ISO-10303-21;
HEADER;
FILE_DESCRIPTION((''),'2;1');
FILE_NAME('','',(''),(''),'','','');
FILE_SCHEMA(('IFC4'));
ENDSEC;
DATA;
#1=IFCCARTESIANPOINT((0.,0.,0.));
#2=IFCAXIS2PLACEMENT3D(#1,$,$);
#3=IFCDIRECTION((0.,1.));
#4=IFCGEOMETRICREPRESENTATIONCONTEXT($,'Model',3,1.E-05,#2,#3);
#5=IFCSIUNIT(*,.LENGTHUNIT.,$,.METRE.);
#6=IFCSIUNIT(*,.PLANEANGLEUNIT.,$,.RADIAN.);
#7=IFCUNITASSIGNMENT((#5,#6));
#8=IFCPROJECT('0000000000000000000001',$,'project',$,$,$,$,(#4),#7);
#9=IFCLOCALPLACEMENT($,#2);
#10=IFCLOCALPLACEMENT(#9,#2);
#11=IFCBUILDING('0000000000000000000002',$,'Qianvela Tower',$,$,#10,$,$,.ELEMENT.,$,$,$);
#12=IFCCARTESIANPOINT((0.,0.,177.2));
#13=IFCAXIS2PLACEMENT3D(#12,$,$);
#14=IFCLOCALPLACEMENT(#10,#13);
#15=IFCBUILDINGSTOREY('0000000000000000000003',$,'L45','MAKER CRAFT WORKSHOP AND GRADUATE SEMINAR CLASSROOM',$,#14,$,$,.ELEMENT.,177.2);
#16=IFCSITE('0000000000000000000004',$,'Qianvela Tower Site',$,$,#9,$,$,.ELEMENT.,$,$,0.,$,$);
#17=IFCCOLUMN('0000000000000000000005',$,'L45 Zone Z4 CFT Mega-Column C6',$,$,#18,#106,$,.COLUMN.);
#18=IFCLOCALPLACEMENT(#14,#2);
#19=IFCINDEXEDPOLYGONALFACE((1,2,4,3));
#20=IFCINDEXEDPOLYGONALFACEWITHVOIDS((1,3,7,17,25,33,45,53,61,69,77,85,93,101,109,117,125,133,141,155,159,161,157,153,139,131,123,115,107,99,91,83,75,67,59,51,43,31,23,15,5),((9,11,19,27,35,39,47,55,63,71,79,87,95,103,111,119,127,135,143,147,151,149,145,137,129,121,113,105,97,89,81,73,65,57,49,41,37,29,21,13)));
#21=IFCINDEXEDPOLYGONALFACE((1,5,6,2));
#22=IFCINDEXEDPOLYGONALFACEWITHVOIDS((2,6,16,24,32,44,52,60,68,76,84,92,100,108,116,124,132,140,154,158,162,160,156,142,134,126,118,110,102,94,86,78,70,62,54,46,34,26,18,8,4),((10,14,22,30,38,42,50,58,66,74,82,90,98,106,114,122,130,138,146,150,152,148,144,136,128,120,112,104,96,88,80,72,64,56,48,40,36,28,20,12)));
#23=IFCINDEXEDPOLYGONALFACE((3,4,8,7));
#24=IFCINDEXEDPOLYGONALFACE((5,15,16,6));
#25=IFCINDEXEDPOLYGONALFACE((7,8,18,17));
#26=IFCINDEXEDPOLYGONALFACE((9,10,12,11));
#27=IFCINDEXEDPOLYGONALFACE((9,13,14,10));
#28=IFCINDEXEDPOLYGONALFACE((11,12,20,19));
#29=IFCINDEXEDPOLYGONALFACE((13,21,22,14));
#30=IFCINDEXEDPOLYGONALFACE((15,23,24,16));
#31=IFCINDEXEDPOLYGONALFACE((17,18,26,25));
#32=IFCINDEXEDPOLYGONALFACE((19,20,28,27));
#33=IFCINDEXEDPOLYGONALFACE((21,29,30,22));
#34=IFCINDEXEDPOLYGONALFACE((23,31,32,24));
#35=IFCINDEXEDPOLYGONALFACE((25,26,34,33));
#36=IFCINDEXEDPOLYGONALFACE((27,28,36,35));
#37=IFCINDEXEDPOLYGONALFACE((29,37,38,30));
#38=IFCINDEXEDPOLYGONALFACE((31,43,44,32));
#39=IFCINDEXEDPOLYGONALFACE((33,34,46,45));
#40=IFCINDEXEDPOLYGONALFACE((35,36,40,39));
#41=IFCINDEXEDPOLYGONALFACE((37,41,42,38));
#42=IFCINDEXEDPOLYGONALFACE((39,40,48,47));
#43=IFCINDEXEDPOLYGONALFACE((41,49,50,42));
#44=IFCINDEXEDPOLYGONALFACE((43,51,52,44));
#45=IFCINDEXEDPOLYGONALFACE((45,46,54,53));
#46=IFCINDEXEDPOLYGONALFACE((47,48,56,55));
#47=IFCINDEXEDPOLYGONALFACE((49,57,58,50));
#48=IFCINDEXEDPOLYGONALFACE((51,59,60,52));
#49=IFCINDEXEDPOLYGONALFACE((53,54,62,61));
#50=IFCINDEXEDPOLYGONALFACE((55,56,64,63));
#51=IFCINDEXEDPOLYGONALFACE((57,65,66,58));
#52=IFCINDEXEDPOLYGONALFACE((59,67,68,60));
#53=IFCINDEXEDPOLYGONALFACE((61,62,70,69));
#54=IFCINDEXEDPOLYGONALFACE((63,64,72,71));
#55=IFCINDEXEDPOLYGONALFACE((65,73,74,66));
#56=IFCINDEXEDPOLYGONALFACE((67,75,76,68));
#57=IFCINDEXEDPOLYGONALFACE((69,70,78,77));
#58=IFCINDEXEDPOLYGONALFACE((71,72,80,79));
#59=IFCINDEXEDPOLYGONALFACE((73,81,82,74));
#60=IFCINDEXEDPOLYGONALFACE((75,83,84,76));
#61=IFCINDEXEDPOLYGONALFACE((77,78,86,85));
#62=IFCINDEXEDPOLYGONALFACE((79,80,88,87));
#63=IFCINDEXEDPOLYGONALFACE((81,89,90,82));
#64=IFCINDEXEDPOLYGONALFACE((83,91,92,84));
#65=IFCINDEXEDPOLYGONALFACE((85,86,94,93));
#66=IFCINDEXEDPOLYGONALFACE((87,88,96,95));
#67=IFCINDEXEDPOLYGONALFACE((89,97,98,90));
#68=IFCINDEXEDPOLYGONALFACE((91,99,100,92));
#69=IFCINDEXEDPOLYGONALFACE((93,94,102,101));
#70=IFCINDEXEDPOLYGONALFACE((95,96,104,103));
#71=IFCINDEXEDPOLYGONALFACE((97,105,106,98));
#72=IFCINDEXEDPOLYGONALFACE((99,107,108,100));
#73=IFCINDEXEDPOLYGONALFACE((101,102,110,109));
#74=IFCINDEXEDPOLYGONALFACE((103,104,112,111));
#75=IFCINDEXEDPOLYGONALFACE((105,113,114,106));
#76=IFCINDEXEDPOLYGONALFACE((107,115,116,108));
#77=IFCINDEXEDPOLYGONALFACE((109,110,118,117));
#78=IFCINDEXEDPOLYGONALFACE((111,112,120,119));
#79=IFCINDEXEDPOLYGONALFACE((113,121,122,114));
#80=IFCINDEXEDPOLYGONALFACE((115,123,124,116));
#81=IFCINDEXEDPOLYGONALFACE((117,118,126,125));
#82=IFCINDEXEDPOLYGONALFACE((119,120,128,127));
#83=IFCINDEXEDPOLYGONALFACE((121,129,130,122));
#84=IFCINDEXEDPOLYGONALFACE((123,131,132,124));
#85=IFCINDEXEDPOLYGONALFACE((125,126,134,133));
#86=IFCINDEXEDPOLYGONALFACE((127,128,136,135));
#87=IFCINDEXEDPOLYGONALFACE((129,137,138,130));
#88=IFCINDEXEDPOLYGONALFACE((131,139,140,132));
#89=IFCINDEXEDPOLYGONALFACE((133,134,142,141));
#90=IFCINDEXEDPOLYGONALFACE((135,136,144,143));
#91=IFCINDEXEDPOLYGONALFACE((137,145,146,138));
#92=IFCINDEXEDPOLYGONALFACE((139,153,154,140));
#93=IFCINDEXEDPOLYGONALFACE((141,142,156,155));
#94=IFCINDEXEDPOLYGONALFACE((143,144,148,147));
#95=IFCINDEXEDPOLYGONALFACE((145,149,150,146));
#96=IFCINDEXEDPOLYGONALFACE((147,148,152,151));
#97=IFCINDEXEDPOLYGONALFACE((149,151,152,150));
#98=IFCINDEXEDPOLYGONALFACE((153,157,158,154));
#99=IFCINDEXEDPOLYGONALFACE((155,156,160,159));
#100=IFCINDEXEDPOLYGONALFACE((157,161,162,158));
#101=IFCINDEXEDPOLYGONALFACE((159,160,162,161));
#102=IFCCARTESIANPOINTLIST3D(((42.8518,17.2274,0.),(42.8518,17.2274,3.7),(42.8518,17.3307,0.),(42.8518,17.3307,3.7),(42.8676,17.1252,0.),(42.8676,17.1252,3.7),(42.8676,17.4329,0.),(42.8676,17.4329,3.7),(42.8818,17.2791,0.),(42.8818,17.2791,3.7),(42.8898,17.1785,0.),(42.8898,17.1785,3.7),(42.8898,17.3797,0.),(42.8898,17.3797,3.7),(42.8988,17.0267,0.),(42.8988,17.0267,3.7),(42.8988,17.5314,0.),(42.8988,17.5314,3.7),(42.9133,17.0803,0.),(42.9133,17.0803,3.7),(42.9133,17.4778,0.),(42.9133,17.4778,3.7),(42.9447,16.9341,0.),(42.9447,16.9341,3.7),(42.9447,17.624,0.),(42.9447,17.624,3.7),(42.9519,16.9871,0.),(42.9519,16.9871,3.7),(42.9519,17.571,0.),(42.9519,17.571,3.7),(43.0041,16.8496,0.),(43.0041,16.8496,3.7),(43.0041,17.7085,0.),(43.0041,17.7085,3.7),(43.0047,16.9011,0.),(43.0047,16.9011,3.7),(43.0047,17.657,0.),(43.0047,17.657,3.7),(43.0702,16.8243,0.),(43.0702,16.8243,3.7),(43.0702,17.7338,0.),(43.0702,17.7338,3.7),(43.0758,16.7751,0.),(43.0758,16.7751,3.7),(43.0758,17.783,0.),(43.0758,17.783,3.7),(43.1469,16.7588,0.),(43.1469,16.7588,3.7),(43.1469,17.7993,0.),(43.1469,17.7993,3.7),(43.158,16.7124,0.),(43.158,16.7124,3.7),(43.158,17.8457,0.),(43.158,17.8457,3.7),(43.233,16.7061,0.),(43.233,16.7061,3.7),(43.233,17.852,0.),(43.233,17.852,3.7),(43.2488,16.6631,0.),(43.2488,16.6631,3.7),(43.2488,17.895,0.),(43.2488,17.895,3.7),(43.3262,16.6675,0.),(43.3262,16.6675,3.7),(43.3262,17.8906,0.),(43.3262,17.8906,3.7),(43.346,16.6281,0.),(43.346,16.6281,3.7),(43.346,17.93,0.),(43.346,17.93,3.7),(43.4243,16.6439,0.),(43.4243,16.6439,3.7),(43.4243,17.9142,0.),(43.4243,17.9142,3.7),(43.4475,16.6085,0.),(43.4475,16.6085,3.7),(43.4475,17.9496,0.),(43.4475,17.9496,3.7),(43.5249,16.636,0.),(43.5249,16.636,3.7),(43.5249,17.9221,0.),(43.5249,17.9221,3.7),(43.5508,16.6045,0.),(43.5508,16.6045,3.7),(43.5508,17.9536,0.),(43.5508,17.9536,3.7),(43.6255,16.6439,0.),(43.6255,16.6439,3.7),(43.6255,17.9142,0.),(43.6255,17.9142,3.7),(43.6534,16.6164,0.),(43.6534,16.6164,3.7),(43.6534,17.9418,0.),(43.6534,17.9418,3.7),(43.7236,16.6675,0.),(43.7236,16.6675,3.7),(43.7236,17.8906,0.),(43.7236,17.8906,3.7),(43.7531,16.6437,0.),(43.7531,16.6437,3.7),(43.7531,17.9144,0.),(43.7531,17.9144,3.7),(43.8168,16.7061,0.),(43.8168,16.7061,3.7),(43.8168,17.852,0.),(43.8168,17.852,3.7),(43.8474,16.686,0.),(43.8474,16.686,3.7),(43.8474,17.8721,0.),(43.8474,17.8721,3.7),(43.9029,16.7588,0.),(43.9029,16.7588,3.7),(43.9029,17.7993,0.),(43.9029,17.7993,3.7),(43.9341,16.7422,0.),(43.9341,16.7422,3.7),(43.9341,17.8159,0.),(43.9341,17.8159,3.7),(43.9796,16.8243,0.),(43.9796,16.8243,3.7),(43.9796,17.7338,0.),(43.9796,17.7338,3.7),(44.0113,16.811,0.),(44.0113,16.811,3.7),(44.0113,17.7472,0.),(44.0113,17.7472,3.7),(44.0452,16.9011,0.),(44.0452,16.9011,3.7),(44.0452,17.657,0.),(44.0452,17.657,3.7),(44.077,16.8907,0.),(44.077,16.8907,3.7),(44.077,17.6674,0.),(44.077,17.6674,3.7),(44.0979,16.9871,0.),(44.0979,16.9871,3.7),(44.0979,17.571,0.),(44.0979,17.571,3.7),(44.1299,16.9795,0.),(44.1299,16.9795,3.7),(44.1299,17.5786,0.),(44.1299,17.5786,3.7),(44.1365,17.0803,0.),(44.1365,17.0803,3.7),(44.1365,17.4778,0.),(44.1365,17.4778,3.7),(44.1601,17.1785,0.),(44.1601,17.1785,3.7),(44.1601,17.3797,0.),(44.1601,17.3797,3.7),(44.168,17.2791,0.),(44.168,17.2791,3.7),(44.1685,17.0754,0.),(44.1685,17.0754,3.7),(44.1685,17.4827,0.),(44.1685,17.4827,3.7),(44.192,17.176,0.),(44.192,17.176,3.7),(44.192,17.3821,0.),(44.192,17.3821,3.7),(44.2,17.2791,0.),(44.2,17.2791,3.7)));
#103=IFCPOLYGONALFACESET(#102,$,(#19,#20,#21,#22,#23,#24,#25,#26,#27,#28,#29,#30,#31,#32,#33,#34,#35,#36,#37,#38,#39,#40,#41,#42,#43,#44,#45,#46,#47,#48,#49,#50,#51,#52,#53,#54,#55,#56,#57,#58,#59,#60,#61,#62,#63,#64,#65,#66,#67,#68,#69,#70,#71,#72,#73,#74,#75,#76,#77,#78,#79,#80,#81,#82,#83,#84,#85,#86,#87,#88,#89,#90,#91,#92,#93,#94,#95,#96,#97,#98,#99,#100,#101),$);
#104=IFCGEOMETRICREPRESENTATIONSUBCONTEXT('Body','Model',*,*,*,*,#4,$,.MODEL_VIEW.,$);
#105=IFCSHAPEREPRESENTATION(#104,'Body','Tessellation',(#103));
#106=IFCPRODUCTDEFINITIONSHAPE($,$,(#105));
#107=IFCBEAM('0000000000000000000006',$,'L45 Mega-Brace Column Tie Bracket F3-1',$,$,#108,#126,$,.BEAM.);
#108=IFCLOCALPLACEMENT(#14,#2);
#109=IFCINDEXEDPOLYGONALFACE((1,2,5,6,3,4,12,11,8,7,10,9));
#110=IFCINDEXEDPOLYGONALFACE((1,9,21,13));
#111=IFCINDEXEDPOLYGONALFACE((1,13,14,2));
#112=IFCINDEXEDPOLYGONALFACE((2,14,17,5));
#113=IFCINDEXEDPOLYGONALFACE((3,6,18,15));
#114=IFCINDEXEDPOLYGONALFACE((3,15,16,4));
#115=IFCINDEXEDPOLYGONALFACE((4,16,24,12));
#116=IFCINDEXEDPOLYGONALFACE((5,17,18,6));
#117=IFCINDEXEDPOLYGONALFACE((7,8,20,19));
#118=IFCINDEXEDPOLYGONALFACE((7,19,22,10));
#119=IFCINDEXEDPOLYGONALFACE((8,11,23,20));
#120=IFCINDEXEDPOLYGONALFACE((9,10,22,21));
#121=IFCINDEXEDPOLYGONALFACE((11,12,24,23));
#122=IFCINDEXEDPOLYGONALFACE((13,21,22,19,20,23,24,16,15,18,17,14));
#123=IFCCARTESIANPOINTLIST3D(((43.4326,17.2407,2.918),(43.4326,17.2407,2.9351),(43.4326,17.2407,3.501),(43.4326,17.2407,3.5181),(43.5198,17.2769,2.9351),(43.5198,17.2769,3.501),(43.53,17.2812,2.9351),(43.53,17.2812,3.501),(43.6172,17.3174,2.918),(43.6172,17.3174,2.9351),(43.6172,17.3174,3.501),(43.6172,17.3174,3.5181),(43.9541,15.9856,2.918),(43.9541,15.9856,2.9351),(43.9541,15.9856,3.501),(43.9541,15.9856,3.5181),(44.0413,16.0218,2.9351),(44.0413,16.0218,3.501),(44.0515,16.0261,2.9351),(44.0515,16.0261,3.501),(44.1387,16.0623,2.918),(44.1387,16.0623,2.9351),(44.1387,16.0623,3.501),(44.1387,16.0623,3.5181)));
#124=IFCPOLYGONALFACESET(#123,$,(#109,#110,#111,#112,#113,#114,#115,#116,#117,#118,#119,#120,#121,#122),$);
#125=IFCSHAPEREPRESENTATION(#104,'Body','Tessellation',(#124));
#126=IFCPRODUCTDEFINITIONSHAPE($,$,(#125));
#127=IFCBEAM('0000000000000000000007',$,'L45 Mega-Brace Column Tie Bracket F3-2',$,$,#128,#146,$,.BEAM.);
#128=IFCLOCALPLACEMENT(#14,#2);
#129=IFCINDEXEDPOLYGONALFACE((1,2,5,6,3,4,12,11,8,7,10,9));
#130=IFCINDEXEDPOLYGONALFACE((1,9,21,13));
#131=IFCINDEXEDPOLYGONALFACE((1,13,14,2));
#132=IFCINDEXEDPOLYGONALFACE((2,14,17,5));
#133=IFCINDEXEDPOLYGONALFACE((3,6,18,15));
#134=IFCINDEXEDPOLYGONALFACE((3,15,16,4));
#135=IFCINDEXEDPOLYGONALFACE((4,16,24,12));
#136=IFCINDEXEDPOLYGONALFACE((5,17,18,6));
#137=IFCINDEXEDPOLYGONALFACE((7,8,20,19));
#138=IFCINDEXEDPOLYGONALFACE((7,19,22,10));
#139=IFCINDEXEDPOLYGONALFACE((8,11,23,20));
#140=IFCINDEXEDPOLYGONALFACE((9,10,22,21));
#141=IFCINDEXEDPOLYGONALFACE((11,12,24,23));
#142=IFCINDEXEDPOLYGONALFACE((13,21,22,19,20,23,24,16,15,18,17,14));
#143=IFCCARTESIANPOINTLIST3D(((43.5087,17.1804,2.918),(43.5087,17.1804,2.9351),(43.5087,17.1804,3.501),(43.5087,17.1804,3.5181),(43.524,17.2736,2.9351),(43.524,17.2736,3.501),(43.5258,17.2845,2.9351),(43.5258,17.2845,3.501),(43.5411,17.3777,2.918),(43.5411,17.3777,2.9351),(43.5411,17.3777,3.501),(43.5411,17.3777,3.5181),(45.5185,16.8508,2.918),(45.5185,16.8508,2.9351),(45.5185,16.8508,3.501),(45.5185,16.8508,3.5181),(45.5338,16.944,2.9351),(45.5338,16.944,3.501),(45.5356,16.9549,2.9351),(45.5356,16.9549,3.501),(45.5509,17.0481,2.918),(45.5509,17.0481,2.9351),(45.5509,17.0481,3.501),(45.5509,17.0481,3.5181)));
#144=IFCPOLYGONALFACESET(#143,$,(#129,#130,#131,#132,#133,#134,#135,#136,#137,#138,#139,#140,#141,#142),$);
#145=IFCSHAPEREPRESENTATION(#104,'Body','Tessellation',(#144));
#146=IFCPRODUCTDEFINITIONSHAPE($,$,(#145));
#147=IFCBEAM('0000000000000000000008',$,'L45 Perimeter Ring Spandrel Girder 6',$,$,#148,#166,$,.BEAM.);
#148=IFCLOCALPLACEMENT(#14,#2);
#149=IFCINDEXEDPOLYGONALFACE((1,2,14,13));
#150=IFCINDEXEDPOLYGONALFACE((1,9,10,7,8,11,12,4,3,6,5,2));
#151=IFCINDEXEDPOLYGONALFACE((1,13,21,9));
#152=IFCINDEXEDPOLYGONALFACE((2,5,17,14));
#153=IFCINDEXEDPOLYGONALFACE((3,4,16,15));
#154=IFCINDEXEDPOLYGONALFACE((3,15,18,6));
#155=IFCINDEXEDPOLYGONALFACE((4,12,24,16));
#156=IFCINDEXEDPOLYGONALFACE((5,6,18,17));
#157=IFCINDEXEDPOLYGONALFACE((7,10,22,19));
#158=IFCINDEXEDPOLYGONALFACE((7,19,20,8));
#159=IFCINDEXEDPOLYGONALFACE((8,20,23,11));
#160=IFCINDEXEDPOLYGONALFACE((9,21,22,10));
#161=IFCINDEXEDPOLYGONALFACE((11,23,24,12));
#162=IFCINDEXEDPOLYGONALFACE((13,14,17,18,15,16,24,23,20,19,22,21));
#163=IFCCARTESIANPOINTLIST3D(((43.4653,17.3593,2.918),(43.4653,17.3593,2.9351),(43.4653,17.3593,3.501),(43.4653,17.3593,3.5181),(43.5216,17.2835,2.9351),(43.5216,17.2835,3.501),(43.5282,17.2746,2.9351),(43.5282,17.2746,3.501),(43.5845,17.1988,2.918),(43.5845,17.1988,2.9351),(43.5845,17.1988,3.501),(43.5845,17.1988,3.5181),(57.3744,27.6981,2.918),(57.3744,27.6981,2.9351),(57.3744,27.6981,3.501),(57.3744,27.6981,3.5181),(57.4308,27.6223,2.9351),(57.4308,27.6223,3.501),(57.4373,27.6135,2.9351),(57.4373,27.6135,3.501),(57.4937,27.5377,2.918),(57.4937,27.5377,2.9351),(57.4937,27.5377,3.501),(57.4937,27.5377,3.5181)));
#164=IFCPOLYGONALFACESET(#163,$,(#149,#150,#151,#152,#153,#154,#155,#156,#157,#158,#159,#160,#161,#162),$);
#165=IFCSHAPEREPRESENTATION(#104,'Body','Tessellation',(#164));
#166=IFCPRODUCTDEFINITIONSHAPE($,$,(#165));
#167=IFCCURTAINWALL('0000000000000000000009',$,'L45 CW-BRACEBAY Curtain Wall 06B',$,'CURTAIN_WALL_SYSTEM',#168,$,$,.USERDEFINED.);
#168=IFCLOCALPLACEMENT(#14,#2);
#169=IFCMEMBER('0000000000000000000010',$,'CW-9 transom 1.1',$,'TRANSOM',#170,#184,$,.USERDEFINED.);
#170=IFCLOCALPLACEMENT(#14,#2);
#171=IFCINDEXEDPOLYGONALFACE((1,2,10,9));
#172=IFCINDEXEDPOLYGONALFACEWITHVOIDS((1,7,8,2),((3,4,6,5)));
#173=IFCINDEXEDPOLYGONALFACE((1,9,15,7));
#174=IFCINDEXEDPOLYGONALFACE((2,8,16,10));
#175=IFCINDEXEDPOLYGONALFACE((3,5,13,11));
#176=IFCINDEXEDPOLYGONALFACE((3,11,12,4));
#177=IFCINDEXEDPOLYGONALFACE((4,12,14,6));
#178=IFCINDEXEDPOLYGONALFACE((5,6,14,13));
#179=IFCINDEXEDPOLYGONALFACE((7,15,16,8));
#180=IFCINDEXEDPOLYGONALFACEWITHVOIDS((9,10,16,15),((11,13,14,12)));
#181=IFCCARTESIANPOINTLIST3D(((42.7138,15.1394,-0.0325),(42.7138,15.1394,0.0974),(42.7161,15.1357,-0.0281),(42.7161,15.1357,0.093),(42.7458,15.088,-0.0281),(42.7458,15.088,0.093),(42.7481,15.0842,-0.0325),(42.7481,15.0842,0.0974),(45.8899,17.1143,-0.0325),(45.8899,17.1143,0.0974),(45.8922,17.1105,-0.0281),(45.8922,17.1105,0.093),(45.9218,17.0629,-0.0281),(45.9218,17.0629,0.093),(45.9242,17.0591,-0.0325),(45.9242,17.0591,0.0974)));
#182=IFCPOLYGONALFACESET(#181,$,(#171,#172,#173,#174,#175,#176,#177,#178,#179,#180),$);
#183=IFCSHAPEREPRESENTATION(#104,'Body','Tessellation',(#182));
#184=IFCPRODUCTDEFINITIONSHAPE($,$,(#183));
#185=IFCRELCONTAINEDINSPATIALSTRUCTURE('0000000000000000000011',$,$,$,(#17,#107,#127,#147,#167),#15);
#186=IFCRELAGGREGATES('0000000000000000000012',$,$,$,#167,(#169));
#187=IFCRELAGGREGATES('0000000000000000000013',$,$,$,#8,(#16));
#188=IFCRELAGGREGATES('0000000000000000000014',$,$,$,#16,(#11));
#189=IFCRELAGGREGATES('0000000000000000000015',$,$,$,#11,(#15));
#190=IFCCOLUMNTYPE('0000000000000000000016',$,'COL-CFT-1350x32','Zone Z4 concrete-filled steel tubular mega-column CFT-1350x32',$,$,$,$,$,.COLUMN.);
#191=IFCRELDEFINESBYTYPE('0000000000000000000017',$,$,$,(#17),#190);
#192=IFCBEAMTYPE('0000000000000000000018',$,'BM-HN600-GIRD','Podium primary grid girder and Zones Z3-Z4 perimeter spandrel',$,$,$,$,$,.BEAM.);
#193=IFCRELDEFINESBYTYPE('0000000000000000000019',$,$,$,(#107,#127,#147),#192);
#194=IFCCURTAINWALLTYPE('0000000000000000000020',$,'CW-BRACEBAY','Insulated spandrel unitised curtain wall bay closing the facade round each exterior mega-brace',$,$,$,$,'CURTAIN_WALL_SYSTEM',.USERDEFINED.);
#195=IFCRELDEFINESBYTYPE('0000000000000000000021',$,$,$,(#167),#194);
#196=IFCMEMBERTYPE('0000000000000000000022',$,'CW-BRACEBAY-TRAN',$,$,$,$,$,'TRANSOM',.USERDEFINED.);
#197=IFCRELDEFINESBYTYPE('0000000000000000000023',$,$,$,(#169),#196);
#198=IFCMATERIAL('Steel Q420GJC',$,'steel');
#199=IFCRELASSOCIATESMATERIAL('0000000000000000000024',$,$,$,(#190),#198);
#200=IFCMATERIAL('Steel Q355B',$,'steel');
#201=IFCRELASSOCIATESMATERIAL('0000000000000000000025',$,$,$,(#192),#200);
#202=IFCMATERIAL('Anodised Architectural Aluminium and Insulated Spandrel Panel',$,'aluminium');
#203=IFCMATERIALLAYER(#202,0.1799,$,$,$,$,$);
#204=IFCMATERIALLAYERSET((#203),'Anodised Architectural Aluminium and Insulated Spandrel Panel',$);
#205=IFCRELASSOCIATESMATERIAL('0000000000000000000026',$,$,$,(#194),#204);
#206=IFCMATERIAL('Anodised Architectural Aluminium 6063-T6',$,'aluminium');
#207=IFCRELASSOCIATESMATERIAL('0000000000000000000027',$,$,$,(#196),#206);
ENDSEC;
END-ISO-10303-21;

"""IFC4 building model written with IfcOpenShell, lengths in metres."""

from ifc_helpers import new_model, si_unit, direction, frame, origin, origin_2d, place, context, subcontext, project, spatial, hollow_rectangle, hollow_circle, i_section, extrude, material, layer, layer_set, material_profile, profile_set, type_object, element, aggregate, save


model = new_model("IFC4")

# Units and contexts
model_context = context("Model", 3, precision=1e-05, world=origin(), true_north=direction((0.0, 1.0)))
body_context = subcontext(model_context, "Body", "Model", "MODEL_VIEW")
ifc_project = project(units=[si_unit("LENGTHUNIT", "METRE"), si_unit("PLANEANGLEUNIT", "RADIAN")], contexts=[model_context])

# Site, building, storey
site_placement = place(None, origin())
site = spatial("IfcSite", under=ifc_project, at=site_placement, Name="Qianvela Tower Site", CompositionType="ELEMENT", RefElevation=0.0)
building_placement = place(site_placement, origin())
building = spatial("IfcBuilding", under=site, at=building_placement, Name="Qianvela Tower", CompositionType="ELEMENT")
storey_placement = place(building_placement, frame((0.0, 0.0, 177.2)))
storey = spatial("IfcBuildingStorey", under=building, at=storey_placement, Name="L45", Description="MAKER CRAFT WORKSHOP AND GRADUATE SEMINAR CLASSROOM", CompositionType="ELEMENT", Elevation=177.2)

# Column
ifc_material_1 = material(Name="Steel Q420GJC", Category="steel")
ifc_material_profile_1 = material_profile(ifc_material_1, hollow_circle(Radius=0.675, WallThickness=0.032, at=origin_2d()), Name="CFT-1350x32")
ifc_profile_set_1 = profile_set([ifc_material_profile_1], Name="Steel Q420GJC")
column_type = type_object("IfcColumnType", Name="COL-CFT-1350x32", Description="Zone Z4 concrete-filled steel tubular mega-column CFT-1350x32", PredefinedType="COLUMN", material=ifc_profile_set_1)
column_placement = place(storey_placement, frame((43.5249, 17.2791, 0.0), z_axis=(0.0, 0.0, 1.0), x_axis=(1.0, 0.0, 0.0)))
element("IfcColumn", 1, at=column_placement, inside=storey, type_object=column_type, Name="L45 Zone Z4 CFT Mega-Column C6", PredefinedType="COLUMN", context=body_context, shape_type="SweptSolid", body=[
    extrude(hollow_circle(Radius=0.675, WallThickness=0.032, at=origin_2d()), origin(), (0.0, 0.0, 1.0), 3.7),
])

# Beams
ifc_material_2 = material(Name="Steel Q355B", Category="steel")
ifc_material_profile_2 = material_profile(ifc_material_2, i_section(OverallWidth=0.2, OverallDepth=0.6001, WebThickness=0.011, FlangeThickness=0.0171, at=origin_2d()), Name="HN600x200x11x17")
ifc_profile_set_2 = profile_set([ifc_material_profile_2], Name="Steel Q355B")
beam_type = type_object("IfcBeamType", Name="BM-HN600-GIRD", Description="Podium primary grid girder and Zones Z3-Z4 perimeter spandrel", PredefinedType="BEAM", material=ifc_profile_set_2)
beam_1_placement = place(storey_placement, frame((43.5249, 17.2791, 3.218), z_axis=(0.383684, -0.923464, 0.0), x_axis=(0.923464, 0.383684, 0.0)))
element("IfcBeam", 2, at=beam_1_placement, inside=storey, type_object=beam_type, Name="L45 Mega-Brace Column Tie Bracket F3-1", PredefinedType="BEAM", context=body_context, shape_type="SweptSolid", body=[
    extrude(i_section(OverallWidth=0.2, OverallDepth=0.6001, WebThickness=0.011, FlangeThickness=0.0171, at=origin_2d()), origin(), (0.0, 0.0, 1.0), 1.3591),
])
beam_2_placement = place(storey_placement, frame((43.5249, 17.2791, 3.218), z_axis=(0.986818, -0.161832, 0.0), x_axis=(0.161832, 0.986818, 0.0)))
element("IfcBeam", 3, at=beam_2_placement, inside=storey, type_object=beam_type, Name="L45 Mega-Brace Column Tie Bracket F3-2", PredefinedType="BEAM", context=body_context, shape_type="SweptSolid", body=[
    extrude(i_section(OverallWidth=0.2, OverallDepth=0.6001, WebThickness=0.011, FlangeThickness=0.0171, at=origin_2d()), origin(), (0.0, 0.0, 1.0), 2.0366),
])
beam_3_placement = place(storey_placement, frame((43.5249, 17.2791, 3.218), z_axis=(0.802569, 0.596559, 0.0), x_axis=(-0.596559, 0.802569, 0.0)))
element("IfcBeam", 4, at=beam_3_placement, inside=storey, type_object=beam_type, Name="L45 Perimeter Ring Spandrel Girder 6", PredefinedType="BEAM", context=body_context, shape_type="SweptSolid", body=[
    extrude(i_section(OverallWidth=0.2, OverallDepth=0.6001, WebThickness=0.011, FlangeThickness=0.0171, at=origin_2d()), origin(), (0.0, 0.0, 1.0), 17.3308),
])

# Curtain wall, member
ifc_material_3 = material(Name="Anodised Architectural Aluminium and Insulated Spandrel Panel", Category="aluminium")
ifc_layer_1 = layer(ifc_material_3, 0.1799)
ifc_layer_set_1 = layer_set([ifc_layer_1], Name="Anodised Architectural Aluminium and Insulated Spandrel Panel")
curtain_wall_type = type_object("IfcCurtainWallType", Name="CW-BRACEBAY", Description="Insulated spandrel unitised curtain wall bay closing the facade round each exterior mega-brace", ElementType="CURTAIN_WALL_SYSTEM", PredefinedType="USERDEFINED", material=ifc_layer_set_1)
curtain_wall_placement = place(storey_placement, origin())
curtain_wall = element("IfcCurtainWall", 5, at=curtain_wall_placement, inside=storey, type_object=curtain_wall_type, Name="L45 CW-BRACEBAY Curtain Wall 06B", ObjectType="CURTAIN_WALL_SYSTEM", PredefinedType="USERDEFINED")
ifc_material_4 = material(Name="Anodised Architectural Aluminium 6063-T6", Category="aluminium")
ifc_material_profile_3 = material_profile(ifc_material_4, hollow_rectangle(XDim=0.0649, YDim=0.1299, WallThickness=0.0044, at=origin_2d()), Name="ALU-TRAN-65x130")
ifc_profile_set_3 = profile_set([ifc_material_profile_3], Name="Anodised Architectural Aluminium 6063-T6")
member_type_1 = type_object("IfcMemberType", Name="CW-BRACEBAY-TRAN", ElementType="TRANSOM", PredefinedType="USERDEFINED", material=ifc_profile_set_3)
member_1_placement = place(storey_placement, frame((42.731, 15.1118, 0.0325), z_axis=(0.849217, 0.528044, 0.0), x_axis=(-0.528044, 0.849217, 0.0)))
member_1 = element("IfcMember", 6, at=member_1_placement, type_object=member_type_1, Name="CW-9 transom 1.1", ObjectType="TRANSOM", PredefinedType="USERDEFINED", context=body_context, shape_type="SweptSolid", body=[
    extrude(hollow_rectangle(XDim=0.0649, YDim=0.1299, WallThickness=0.0044, at=origin_2d()), origin(), (0.0, 0.0, 1.0), 3.74),
])
aggregate(curtain_wall, [member_1])

save(model, "model.ifc")
